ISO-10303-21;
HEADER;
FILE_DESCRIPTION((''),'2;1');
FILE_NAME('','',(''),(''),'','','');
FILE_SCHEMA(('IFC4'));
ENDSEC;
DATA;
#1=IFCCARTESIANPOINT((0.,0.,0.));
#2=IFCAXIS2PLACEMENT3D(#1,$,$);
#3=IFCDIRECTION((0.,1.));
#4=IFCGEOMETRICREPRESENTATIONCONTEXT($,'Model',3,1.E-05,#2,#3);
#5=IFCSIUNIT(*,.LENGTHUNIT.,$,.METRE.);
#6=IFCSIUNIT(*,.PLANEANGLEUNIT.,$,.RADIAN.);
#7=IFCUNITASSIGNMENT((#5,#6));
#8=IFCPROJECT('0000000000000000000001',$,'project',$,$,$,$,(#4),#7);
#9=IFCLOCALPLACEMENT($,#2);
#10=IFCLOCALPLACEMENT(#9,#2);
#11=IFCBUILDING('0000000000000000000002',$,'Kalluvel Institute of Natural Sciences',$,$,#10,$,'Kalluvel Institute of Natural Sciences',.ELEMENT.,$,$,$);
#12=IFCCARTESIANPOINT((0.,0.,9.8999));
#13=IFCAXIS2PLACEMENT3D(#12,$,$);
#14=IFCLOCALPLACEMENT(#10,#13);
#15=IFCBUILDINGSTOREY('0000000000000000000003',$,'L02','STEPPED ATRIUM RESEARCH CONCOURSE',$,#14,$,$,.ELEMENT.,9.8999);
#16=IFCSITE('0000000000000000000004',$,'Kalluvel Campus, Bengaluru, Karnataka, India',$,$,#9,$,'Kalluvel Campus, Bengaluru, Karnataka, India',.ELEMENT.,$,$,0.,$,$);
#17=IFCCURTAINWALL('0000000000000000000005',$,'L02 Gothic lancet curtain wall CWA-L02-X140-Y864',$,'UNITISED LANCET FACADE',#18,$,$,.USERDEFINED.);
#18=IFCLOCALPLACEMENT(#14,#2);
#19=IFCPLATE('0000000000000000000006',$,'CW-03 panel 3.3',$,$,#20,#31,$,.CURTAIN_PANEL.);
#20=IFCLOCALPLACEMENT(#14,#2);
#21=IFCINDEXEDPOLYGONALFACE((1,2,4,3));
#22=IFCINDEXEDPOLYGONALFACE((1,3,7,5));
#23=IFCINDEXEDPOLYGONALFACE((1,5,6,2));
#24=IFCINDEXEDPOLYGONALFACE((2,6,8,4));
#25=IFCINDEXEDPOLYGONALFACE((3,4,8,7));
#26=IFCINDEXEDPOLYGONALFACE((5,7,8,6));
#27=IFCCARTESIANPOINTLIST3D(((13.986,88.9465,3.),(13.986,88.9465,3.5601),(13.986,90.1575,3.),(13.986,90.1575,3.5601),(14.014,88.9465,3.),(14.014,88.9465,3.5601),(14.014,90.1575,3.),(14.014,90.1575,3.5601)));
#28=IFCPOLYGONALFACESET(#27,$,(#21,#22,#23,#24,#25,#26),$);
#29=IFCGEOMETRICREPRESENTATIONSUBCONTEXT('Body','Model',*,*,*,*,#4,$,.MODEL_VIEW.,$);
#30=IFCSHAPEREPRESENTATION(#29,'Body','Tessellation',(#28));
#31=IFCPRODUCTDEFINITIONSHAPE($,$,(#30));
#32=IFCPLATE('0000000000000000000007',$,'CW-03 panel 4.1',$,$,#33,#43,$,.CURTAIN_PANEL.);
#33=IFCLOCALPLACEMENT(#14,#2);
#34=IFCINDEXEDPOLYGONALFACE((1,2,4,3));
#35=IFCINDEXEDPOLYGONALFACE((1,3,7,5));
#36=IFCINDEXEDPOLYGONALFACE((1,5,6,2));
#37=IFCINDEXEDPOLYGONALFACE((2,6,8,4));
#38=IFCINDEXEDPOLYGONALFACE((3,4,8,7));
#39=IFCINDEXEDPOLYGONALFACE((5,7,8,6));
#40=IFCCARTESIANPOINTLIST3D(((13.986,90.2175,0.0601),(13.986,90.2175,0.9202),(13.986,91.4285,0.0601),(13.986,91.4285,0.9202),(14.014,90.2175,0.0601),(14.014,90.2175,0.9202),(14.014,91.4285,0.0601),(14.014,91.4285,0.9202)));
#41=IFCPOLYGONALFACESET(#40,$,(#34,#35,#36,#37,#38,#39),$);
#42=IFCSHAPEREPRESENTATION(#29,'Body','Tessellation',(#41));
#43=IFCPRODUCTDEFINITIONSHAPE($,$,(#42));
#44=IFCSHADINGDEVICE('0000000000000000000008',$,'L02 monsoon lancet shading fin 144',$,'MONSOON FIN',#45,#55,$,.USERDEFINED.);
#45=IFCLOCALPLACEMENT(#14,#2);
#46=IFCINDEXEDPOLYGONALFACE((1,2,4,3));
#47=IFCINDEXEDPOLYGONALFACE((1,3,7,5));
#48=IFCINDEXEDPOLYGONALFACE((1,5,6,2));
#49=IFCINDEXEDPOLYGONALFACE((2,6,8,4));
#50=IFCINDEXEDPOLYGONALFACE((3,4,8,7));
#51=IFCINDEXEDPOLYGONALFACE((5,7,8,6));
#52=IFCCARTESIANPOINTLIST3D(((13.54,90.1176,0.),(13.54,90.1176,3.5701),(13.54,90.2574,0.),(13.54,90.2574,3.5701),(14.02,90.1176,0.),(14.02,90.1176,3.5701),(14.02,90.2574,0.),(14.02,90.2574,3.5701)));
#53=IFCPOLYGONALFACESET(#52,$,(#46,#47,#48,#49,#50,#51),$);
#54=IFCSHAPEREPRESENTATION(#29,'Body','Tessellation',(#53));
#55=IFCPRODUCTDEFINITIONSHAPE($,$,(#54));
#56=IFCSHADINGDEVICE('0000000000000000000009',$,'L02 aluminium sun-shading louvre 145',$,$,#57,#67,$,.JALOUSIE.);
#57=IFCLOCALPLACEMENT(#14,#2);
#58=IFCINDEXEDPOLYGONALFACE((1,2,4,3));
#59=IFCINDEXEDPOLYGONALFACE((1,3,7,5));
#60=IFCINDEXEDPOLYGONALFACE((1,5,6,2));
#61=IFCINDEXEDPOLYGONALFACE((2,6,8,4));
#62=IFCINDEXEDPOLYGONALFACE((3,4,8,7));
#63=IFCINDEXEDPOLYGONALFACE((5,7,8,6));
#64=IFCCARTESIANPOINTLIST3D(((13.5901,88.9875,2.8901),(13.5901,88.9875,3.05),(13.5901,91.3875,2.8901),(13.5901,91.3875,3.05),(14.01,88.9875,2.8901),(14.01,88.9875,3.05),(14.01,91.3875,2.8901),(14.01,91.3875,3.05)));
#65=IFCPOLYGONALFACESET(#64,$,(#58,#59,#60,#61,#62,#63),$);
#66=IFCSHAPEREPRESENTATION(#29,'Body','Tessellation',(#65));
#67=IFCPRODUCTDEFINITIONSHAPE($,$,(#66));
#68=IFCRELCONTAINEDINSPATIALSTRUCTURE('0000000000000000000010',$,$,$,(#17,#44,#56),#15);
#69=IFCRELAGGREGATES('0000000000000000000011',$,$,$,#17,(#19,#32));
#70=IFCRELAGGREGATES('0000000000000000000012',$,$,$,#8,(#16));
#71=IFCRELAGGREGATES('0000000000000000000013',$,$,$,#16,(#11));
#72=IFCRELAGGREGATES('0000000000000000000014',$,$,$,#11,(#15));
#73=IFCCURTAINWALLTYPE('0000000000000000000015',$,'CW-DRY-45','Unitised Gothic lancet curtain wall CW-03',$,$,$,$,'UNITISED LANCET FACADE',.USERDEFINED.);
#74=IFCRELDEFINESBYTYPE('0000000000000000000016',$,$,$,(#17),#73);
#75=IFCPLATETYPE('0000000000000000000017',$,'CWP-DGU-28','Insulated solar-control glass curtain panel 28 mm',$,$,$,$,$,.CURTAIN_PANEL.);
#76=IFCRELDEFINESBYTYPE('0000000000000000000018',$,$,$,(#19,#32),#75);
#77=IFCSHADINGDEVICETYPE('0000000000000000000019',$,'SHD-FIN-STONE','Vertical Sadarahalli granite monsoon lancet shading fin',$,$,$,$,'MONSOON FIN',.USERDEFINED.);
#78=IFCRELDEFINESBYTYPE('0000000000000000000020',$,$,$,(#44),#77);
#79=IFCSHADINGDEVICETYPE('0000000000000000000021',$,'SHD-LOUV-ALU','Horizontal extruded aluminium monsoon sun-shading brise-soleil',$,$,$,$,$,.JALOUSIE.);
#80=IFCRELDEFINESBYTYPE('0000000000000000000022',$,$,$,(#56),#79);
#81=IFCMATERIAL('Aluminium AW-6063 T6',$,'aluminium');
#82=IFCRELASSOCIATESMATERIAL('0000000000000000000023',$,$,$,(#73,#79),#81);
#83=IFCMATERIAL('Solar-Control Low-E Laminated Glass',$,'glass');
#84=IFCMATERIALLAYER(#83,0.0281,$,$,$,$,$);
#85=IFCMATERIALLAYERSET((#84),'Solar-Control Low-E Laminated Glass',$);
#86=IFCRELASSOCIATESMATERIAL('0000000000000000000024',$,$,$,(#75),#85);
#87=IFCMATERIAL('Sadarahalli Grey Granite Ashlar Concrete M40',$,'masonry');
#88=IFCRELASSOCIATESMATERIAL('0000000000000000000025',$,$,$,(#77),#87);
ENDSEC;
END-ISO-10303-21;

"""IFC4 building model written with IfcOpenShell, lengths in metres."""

from ifc_helpers import new_model, si_unit, direction, frame, origin, origin_2d, place, context, subcontext, project, spatial, rectangle, extrude, material, layer, layer_set, type_object, element, aggregate, save


model = new_model("IFC4")

# Units and contexts
model_context = context("Model", 3, precision=1e-05, world=origin(), true_north=direction((0.0, 1.0)))
body_context = subcontext(model_context, "Body", "Model", "MODEL_VIEW")
ifc_project = project(units=[si_unit("LENGTHUNIT", "METRE"), si_unit("PLANEANGLEUNIT", "RADIAN")], contexts=[model_context])

# Site, building, storey
site_placement = place(None, origin())
site = spatial("IfcSite", under=ifc_project, at=site_placement, Name="Kalluvel Campus, Bengaluru, Karnataka, India", LongName="Kalluvel Campus, Bengaluru, Karnataka, India", CompositionType="ELEMENT", RefElevation=0.0)
building_placement = place(site_placement, origin())
building = spatial("IfcBuilding", under=site, at=building_placement, Name="Kalluvel Institute of Natural Sciences", LongName="Kalluvel Institute of Natural Sciences", CompositionType="ELEMENT")
storey_placement = place(building_placement, frame((0.0, 0.0, 9.8999)))
storey = spatial("IfcBuildingStorey", under=building, at=storey_placement, Name="L02", Description="STEPPED ATRIUM RESEARCH CONCOURSE", CompositionType="ELEMENT", Elevation=9.8999)

# Curtain wall, plates
ifc_material_1 = material(Name="Aluminium AW-6063 T6", Category="aluminium")
curtain_wall_type = type_object("IfcCurtainWallType", Name="CW-DRY-45", Description="Unitised Gothic lancet curtain wall CW-03", ElementType="UNITISED LANCET FACADE", PredefinedType="USERDEFINED", material=ifc_material_1)
curtain_wall_placement = place(storey_placement, origin())
curtain_wall = element("IfcCurtainWall", 1, at=curtain_wall_placement, inside=storey, type_object=curtain_wall_type, Name="L02 Gothic lancet curtain wall CWA-L02-X140-Y864", ObjectType="UNITISED LANCET FACADE", PredefinedType="USERDEFINED")
ifc_material_2 = material(Name="Solar-Control Low-E Laminated Glass", Category="glass")
ifc_layer = layer(ifc_material_2, 0.0281)
ifc_layer_set = layer_set([ifc_layer], Name="Solar-Control Low-E Laminated Glass")
plate_type = type_object("IfcPlateType", Name="CWP-DGU-28", Description="Insulated solar-control glass curtain panel 28 mm", PredefinedType="CURTAIN_PANEL", material=ifc_layer_set)
plate_1_placement = place(storey_placement, frame((14.0, 89.552, 3.0), z_axis=(0.0, 0.0, 1.0), x_axis=(0.0, 1.0, 0.0)))
plate_1 = element("IfcPlate", 2, at=plate_1_placement, type_object=plate_type, Name="CW-03 panel 3.3", PredefinedType="CURTAIN_PANEL", context=body_context, shape_type="SweptSolid", body=[
    extrude(rectangle(XDim=1.2109, YDim=0.0281, at=origin_2d()), origin(), (0.0, 0.0, 1.0), 0.5601),
])
plate_2_placement = place(storey_placement, frame((14.0, 90.823, 0.0601), z_axis=(0.0, 0.0, 1.0), x_axis=(0.0, 1.0, 0.0)))
plate_2 = element("IfcPlate", 3, at=plate_2_placement, type_object=plate_type, Name="CW-03 panel 4.1", PredefinedType="CURTAIN_PANEL", context=body_context, shape_type="SweptSolid", body=[
    extrude(rectangle(XDim=1.2109, YDim=0.0281, at=origin_2d()), origin(), (0.0, 0.0, 1.0), 0.8601),
])
aggregate(curtain_wall, [plate_1, plate_2])

# Shading devices
ifc_material_3 = material(Name="Sadarahalli Grey Granite Ashlar Concrete M40", Category="masonry")
shading_device_type_1 = type_object("IfcShadingDeviceType", Name="SHD-FIN-STONE", Description="Vertical Sadarahalli granite monsoon lancet shading fin", ElementType="MONSOON FIN", PredefinedType="USERDEFINED", material=ifc_material_3)
shading_device_1_placement = place(storey_placement, frame((13.78, 90.1875, 0.0), z_axis=(0.0, 0.0, 1.0), x_axis=(0.0, 1.0, 0.0)))
element("IfcShadingDevice", 4, at=shading_device_1_placement, inside=storey, type_object=shading_device_type_1, Name="L02 monsoon lancet shading fin 144", ObjectType="MONSOON FIN", PredefinedType="USERDEFINED", context=body_context, shape_type="SweptSolid", body=[
    extrude(rectangle(XDim=0.1399, YDim=0.48, at=origin_2d()), origin(), (0.0, 0.0, 1.0), 3.5701),
])
shading_device_type_2 = type_object("IfcShadingDeviceType", Name="SHD-LOUV-ALU", Description="Horizontal extruded aluminium monsoon sun-shading brise-soleil", PredefinedType="JALOUSIE", material=ifc_material_1)
shading_device_2_placement = place(storey_placement, frame((13.8, 90.1875, 2.8901), z_axis=(0.0, 0.0, 1.0), x_axis=(0.0, 1.0, 0.0)))
element("IfcShadingDevice", 5, at=shading_device_2_placement, inside=storey, type_object=shading_device_type_2, Name="L02 aluminium sun-shading louvre 145", PredefinedType="JALOUSIE", context=body_context, shape_type="SweptSolid", body=[
    extrude(rectangle(XDim=2.3999, YDim=0.4199, at=origin_2d()), origin(), (0.0, 0.0, 1.0), 0.1599),
])

save(model, "model.ifc")
